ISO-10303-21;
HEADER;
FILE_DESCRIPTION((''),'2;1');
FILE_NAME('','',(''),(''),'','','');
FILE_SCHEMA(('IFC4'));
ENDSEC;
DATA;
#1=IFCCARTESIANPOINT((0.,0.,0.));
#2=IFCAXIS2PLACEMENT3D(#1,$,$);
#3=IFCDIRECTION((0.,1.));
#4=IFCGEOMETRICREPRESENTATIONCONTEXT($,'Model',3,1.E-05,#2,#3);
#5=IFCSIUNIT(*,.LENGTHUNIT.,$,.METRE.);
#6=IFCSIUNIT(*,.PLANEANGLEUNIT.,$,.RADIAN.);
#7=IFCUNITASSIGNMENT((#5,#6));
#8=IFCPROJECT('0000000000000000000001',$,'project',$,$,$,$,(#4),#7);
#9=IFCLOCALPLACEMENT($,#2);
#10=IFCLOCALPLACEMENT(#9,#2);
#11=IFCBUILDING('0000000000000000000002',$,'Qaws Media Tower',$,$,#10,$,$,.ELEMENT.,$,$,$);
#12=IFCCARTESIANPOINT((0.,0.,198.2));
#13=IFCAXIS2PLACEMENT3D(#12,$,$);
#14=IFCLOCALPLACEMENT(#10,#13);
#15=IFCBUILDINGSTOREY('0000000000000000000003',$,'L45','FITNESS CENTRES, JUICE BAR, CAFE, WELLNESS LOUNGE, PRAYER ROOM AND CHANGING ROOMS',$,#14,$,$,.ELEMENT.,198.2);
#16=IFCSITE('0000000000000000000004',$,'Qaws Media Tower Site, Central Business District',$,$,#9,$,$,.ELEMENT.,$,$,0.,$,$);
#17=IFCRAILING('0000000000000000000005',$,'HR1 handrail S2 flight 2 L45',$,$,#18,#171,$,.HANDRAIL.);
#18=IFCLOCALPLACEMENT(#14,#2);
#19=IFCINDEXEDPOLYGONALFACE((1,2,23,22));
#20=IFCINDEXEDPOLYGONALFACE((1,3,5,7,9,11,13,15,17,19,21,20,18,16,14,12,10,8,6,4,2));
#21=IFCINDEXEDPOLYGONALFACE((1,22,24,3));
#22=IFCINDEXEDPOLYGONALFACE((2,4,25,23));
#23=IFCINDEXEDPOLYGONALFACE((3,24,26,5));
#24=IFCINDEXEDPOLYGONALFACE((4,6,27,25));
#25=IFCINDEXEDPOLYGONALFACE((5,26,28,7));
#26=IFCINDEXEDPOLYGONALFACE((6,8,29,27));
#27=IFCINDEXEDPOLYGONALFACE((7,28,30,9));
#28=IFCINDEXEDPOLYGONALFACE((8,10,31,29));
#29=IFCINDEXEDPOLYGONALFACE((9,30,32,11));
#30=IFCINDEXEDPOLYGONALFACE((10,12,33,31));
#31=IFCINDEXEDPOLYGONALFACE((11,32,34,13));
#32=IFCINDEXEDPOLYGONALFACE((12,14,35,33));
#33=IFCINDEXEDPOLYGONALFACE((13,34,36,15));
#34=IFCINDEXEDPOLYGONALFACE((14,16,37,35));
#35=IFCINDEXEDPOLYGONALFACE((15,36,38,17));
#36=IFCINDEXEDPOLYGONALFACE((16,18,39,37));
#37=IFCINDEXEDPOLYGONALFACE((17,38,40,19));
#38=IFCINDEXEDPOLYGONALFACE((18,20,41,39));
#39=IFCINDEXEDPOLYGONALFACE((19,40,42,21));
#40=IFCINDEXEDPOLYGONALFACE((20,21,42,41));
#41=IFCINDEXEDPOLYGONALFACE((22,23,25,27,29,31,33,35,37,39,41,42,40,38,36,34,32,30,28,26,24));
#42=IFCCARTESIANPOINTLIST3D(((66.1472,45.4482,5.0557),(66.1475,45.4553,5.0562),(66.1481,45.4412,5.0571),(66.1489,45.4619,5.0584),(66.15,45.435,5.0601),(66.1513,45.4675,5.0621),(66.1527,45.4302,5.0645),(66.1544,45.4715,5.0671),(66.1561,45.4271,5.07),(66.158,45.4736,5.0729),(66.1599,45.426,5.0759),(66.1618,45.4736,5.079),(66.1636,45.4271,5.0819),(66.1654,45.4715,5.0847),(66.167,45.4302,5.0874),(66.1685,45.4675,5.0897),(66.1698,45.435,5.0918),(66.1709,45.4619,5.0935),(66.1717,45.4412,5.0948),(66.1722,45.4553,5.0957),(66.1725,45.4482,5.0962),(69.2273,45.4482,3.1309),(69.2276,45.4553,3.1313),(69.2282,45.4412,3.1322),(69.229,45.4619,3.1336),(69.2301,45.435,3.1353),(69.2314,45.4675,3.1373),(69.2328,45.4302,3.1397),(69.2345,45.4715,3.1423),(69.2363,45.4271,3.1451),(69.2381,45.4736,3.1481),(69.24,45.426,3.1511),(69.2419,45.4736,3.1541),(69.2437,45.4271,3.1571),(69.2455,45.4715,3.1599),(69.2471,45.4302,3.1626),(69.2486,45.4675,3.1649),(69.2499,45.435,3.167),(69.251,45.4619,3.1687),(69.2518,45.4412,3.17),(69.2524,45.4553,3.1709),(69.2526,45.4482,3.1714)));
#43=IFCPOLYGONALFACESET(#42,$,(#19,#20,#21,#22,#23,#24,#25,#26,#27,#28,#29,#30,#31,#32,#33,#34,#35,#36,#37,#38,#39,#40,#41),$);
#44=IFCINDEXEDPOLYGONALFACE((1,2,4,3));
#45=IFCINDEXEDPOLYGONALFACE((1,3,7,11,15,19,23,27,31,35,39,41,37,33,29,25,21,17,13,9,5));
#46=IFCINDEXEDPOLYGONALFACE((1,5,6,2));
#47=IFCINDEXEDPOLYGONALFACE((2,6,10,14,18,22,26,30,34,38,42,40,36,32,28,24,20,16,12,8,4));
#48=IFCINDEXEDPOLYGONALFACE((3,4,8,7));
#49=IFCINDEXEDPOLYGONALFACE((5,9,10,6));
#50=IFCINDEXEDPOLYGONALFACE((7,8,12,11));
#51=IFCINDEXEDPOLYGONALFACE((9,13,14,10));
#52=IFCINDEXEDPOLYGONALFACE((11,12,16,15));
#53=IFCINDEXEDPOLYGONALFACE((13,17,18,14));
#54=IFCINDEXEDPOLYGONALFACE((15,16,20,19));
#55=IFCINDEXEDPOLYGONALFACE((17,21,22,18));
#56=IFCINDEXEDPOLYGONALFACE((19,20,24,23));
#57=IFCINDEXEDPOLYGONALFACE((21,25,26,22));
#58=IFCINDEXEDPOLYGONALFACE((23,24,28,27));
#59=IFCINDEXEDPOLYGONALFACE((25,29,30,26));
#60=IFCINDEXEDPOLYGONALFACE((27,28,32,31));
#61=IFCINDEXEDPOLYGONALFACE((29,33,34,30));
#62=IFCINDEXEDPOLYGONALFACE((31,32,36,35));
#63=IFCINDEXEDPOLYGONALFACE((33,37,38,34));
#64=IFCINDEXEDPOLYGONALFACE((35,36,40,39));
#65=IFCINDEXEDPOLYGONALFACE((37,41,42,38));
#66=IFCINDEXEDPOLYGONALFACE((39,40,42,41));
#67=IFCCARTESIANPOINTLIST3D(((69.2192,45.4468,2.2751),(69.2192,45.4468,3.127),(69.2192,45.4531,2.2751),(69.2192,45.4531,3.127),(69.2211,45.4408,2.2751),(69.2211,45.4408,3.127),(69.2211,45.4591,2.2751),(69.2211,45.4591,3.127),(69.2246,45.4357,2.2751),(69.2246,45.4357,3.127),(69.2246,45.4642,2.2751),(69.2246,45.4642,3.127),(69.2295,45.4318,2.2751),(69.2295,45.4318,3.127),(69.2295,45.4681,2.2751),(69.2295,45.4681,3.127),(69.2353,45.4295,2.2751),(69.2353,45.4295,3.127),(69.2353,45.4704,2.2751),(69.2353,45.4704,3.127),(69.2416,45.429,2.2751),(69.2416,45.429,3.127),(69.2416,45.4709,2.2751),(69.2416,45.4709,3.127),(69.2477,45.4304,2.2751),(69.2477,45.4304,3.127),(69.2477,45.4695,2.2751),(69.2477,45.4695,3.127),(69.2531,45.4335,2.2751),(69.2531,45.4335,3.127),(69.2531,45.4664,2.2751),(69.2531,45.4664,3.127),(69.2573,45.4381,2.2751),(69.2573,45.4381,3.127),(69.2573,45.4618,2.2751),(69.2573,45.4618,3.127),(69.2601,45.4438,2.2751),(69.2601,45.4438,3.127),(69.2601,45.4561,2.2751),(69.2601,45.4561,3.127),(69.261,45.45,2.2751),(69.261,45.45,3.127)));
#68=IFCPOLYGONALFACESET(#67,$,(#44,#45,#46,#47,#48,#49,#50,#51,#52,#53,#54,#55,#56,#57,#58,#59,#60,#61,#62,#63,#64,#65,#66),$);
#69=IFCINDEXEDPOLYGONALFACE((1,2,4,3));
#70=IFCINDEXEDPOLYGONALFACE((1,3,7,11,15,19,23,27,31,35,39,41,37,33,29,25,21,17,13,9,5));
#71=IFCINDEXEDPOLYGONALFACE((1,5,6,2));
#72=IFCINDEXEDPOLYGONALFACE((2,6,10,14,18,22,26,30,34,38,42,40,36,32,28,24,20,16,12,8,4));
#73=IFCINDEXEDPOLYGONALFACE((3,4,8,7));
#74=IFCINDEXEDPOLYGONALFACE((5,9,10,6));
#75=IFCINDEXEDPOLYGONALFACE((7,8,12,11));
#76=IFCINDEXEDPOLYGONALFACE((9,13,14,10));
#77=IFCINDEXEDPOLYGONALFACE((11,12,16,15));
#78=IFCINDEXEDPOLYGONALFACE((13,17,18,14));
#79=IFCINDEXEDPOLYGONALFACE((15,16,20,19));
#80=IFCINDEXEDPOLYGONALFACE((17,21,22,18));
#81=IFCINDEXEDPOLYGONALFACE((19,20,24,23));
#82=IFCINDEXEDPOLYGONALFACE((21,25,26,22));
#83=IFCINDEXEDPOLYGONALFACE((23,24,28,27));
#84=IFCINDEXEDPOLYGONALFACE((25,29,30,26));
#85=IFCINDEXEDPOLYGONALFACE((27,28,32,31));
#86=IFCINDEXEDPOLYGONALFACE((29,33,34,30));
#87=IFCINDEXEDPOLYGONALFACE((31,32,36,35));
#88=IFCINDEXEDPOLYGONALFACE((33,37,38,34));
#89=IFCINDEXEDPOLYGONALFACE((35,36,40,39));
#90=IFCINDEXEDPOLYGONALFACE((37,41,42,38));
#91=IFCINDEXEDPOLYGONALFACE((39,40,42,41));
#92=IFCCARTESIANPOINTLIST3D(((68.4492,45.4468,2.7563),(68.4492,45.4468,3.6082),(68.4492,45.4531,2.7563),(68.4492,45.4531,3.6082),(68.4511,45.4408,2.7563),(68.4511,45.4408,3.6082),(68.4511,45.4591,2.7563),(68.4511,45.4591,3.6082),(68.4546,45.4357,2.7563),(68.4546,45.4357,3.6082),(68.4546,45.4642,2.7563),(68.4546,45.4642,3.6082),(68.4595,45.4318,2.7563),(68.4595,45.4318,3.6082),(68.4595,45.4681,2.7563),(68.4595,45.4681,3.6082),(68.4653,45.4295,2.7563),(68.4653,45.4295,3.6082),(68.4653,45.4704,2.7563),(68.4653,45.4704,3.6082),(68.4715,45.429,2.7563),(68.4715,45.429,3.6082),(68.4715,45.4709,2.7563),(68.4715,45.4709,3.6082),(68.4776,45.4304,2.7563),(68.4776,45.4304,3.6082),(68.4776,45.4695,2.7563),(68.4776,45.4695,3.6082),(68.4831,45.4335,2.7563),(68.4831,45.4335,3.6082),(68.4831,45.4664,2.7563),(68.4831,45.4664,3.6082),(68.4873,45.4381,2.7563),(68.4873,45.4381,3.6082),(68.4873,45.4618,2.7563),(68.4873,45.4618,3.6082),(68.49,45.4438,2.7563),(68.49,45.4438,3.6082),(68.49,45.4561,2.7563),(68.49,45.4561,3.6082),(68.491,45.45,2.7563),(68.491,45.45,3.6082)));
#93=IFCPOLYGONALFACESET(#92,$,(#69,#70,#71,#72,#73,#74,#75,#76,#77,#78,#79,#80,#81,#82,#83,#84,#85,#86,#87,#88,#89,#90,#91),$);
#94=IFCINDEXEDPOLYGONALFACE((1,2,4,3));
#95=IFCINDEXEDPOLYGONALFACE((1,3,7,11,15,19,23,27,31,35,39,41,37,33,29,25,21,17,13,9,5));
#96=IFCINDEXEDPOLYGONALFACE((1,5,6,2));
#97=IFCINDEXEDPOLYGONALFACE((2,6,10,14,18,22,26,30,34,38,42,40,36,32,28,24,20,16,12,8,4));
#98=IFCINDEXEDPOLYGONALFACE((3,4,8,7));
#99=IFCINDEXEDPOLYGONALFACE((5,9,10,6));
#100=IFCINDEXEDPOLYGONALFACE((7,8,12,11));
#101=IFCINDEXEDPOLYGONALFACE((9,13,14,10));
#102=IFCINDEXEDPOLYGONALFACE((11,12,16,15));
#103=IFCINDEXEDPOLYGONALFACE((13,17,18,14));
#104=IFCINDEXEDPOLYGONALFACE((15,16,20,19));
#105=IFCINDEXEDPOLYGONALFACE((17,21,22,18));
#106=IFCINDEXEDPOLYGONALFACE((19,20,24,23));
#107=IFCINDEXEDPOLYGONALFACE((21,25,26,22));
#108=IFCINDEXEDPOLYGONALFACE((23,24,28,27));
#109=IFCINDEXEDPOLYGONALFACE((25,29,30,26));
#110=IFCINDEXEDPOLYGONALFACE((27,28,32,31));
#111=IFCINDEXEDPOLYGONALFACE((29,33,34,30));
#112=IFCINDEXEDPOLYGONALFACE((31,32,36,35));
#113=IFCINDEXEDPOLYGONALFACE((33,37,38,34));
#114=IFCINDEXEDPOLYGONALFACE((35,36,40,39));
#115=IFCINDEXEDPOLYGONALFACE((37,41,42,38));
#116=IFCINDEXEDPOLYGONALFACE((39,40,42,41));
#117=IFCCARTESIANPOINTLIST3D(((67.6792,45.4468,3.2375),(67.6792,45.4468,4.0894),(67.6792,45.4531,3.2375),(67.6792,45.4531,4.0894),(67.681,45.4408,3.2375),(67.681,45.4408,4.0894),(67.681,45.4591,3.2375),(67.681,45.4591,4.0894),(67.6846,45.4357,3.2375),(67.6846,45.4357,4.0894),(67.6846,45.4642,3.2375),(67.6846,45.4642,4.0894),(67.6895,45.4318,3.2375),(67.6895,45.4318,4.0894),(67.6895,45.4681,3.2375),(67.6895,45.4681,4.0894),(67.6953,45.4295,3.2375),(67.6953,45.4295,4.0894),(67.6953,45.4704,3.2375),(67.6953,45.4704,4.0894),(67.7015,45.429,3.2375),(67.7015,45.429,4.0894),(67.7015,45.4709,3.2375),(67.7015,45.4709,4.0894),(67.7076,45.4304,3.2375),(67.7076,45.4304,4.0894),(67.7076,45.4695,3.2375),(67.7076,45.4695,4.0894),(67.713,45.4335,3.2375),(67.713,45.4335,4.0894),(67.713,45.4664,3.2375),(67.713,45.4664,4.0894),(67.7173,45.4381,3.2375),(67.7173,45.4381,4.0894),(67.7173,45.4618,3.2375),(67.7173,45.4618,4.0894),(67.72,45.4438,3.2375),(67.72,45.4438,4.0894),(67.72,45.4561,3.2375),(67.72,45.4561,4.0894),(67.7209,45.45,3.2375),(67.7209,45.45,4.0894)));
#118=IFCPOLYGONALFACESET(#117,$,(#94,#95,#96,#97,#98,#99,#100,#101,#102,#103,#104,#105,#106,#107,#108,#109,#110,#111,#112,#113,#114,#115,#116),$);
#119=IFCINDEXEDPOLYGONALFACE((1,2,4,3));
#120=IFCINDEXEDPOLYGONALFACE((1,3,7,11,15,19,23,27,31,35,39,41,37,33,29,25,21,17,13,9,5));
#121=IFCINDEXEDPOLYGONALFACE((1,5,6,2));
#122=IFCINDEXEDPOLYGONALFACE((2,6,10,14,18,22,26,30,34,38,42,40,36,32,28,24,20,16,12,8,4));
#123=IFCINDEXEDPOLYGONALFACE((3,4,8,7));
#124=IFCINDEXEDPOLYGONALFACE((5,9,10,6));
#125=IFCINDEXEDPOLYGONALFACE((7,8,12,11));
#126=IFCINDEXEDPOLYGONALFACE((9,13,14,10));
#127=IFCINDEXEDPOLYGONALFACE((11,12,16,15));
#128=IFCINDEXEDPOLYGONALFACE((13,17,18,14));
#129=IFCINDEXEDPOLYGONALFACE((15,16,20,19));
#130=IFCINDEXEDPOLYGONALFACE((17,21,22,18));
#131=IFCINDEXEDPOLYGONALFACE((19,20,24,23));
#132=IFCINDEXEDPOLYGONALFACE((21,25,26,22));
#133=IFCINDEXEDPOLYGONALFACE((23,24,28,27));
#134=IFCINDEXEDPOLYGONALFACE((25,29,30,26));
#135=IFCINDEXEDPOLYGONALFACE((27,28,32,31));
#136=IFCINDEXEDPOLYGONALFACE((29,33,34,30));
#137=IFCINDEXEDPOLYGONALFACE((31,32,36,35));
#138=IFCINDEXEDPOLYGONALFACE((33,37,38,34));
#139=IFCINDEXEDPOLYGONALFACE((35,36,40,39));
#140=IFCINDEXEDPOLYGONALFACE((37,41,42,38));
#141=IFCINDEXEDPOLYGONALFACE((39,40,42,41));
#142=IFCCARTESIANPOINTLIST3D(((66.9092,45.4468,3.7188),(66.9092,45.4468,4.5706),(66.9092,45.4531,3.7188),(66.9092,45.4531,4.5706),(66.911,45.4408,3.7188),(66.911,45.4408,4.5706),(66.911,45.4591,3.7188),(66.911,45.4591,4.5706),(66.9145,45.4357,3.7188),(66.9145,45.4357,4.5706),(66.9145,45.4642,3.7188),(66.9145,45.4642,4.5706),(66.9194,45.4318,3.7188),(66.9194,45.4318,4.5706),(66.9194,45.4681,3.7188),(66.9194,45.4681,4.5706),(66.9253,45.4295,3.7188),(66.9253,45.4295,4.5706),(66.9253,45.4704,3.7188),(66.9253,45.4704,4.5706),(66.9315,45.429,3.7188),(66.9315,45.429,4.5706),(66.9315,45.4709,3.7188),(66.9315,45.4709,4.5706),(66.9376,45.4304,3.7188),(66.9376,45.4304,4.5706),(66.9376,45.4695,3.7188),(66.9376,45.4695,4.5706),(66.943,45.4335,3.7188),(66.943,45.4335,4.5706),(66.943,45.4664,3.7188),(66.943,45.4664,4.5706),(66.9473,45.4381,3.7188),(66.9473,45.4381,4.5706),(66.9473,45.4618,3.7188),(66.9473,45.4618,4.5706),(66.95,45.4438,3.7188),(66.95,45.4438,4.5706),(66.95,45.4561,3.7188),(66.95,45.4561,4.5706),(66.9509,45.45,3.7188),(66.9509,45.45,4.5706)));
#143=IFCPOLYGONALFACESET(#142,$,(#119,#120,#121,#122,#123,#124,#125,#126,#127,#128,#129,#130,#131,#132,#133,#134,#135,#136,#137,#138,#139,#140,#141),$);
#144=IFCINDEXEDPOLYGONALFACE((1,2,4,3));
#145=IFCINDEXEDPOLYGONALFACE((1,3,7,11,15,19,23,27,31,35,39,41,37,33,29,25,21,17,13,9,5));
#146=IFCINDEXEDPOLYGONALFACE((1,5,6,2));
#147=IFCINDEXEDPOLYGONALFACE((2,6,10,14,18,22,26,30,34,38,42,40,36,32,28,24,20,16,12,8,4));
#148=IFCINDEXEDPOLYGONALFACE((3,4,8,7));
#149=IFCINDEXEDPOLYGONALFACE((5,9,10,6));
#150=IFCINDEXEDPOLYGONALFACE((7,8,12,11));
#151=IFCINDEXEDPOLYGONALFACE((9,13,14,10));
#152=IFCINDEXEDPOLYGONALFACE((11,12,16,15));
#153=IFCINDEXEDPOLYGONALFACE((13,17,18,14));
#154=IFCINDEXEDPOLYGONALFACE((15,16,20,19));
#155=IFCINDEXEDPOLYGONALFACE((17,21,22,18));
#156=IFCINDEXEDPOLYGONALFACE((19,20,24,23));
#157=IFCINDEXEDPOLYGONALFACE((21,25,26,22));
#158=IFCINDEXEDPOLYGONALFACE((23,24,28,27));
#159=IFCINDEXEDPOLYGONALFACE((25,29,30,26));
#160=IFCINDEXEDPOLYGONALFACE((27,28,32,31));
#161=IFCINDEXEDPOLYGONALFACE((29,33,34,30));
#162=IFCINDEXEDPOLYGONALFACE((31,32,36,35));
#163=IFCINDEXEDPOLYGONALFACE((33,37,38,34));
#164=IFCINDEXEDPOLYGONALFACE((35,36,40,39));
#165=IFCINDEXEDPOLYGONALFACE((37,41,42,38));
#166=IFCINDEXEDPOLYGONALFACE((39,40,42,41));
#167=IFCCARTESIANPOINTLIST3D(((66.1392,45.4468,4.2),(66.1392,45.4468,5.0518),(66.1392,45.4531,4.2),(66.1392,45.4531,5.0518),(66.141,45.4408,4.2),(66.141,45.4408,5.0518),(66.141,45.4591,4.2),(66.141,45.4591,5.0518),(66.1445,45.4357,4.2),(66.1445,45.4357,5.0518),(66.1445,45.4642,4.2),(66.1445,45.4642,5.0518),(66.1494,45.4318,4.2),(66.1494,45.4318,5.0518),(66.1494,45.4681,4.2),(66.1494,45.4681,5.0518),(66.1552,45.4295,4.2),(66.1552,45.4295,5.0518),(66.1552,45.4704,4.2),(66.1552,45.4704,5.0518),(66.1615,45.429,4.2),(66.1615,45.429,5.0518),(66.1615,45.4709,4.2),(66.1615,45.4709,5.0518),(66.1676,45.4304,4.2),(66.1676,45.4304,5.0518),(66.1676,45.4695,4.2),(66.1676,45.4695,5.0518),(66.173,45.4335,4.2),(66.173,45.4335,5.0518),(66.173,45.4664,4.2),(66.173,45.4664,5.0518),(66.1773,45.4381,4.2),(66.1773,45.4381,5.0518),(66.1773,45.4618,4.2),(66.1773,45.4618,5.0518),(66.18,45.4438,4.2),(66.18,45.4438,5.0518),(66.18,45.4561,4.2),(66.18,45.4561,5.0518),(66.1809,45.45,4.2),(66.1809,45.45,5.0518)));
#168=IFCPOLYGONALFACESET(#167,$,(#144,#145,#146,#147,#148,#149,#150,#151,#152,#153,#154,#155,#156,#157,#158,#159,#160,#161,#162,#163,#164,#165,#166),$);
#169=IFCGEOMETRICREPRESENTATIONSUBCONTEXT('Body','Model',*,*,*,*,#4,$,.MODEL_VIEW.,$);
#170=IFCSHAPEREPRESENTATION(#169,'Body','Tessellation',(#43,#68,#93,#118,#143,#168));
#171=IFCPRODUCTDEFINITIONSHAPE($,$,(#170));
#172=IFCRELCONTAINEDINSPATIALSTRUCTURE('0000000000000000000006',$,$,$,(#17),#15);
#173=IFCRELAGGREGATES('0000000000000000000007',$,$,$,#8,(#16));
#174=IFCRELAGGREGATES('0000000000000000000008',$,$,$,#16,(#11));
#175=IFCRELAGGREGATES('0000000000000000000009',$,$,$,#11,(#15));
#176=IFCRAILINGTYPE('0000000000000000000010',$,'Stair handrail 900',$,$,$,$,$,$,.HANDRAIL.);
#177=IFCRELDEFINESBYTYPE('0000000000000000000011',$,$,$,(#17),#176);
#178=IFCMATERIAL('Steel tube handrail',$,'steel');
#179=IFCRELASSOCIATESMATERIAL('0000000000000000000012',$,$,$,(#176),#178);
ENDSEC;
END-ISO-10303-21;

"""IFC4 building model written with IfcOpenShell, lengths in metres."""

from ifc_helpers import new_model, si_unit, direction, frame, origin, origin_2d, place, context, subcontext, project, spatial, circle, extrude, material, type_object, element, save


model = new_model("IFC4")

# Units and contexts
model_context = context("Model", 3, precision=1e-05, world=origin(), true_north=direction((0.0, 1.0)))
body_context = subcontext(model_context, "Body", "Model", "MODEL_VIEW")
ifc_project = project(units=[si_unit("LENGTHUNIT", "METRE"), si_unit("PLANEANGLEUNIT", "RADIAN")], contexts=[model_context])

# Site, building, storey
site_placement = place(None, origin())
site = spatial("IfcSite", under=ifc_project, at=site_placement, Name="Qaws Media Tower Site, Central Business District", CompositionType="ELEMENT", RefElevation=0.0)
building_placement = place(site_placement, origin())
building = spatial("IfcBuilding", under=site, at=building_placement, Name="Qaws Media Tower", CompositionType="ELEMENT")
storey_placement = place(building_placement, frame((0.0, 0.0, 198.2)))
storey = spatial("IfcBuildingStorey", under=building, at=storey_placement, Name="L45", Description="FITNESS CENTRES, JUICE BAR, CAFE, WELLNESS LOUNGE, PRAYER ROOM AND CHANGING ROOMS", CompositionType="ELEMENT", Elevation=198.2)

# Railing
ifc_material_1 = material(Name="Steel tube handrail", Category="steel")
railing_type = type_object("IfcRailingType", Name="Stair handrail 900", PredefinedType="HANDRAIL", material=ifc_material_1)
for number, where, name in (
    (1, (69.24, 45.45, 2.2751), "HR1 handrail S2 flight 2 L45"),
):
    element("IfcRailing", number, at=place(storey_placement, frame(where)), inside=storey, type_object=railing_type, Name=name, PredefinedType="HANDRAIL", context=body_context, shape_type="SweptSolid", body=[
        extrude(circle(Radius=0.0239, at=origin_2d()), frame((0.0, 0.0, 0.876), z_axis=(-0.848029, 0.0, 0.529951), x_axis=(0.0, -1.0, 0.0)), (0.0, 0.0, 1.0), 3.6321),
        extrude(circle(Radius=0.021, at=origin_2d()), origin(), (0.0, 0.0, 1.0), 0.8518),
        extrude(circle(Radius=0.021, at=origin_2d()), frame((-0.77, 0.0, 0.4812)), (0.0, 0.0, 1.0), 0.8518),
        extrude(circle(Radius=0.021, at=origin_2d()), frame((-1.54, 0.0, 0.9624)), (0.0, 0.0, 1.0), 0.8518),
        extrude(circle(Radius=0.021, at=origin_2d()), frame((-2.3101, 0.0, 1.4436)), (0.0, 0.0, 1.0), 0.8518),
        extrude(circle(Radius=0.021, at=origin_2d()), frame((-3.0801, 0.0, 1.9248)), (0.0, 0.0, 1.0), 0.8518),
    ])

save(model, "model.ifc")
